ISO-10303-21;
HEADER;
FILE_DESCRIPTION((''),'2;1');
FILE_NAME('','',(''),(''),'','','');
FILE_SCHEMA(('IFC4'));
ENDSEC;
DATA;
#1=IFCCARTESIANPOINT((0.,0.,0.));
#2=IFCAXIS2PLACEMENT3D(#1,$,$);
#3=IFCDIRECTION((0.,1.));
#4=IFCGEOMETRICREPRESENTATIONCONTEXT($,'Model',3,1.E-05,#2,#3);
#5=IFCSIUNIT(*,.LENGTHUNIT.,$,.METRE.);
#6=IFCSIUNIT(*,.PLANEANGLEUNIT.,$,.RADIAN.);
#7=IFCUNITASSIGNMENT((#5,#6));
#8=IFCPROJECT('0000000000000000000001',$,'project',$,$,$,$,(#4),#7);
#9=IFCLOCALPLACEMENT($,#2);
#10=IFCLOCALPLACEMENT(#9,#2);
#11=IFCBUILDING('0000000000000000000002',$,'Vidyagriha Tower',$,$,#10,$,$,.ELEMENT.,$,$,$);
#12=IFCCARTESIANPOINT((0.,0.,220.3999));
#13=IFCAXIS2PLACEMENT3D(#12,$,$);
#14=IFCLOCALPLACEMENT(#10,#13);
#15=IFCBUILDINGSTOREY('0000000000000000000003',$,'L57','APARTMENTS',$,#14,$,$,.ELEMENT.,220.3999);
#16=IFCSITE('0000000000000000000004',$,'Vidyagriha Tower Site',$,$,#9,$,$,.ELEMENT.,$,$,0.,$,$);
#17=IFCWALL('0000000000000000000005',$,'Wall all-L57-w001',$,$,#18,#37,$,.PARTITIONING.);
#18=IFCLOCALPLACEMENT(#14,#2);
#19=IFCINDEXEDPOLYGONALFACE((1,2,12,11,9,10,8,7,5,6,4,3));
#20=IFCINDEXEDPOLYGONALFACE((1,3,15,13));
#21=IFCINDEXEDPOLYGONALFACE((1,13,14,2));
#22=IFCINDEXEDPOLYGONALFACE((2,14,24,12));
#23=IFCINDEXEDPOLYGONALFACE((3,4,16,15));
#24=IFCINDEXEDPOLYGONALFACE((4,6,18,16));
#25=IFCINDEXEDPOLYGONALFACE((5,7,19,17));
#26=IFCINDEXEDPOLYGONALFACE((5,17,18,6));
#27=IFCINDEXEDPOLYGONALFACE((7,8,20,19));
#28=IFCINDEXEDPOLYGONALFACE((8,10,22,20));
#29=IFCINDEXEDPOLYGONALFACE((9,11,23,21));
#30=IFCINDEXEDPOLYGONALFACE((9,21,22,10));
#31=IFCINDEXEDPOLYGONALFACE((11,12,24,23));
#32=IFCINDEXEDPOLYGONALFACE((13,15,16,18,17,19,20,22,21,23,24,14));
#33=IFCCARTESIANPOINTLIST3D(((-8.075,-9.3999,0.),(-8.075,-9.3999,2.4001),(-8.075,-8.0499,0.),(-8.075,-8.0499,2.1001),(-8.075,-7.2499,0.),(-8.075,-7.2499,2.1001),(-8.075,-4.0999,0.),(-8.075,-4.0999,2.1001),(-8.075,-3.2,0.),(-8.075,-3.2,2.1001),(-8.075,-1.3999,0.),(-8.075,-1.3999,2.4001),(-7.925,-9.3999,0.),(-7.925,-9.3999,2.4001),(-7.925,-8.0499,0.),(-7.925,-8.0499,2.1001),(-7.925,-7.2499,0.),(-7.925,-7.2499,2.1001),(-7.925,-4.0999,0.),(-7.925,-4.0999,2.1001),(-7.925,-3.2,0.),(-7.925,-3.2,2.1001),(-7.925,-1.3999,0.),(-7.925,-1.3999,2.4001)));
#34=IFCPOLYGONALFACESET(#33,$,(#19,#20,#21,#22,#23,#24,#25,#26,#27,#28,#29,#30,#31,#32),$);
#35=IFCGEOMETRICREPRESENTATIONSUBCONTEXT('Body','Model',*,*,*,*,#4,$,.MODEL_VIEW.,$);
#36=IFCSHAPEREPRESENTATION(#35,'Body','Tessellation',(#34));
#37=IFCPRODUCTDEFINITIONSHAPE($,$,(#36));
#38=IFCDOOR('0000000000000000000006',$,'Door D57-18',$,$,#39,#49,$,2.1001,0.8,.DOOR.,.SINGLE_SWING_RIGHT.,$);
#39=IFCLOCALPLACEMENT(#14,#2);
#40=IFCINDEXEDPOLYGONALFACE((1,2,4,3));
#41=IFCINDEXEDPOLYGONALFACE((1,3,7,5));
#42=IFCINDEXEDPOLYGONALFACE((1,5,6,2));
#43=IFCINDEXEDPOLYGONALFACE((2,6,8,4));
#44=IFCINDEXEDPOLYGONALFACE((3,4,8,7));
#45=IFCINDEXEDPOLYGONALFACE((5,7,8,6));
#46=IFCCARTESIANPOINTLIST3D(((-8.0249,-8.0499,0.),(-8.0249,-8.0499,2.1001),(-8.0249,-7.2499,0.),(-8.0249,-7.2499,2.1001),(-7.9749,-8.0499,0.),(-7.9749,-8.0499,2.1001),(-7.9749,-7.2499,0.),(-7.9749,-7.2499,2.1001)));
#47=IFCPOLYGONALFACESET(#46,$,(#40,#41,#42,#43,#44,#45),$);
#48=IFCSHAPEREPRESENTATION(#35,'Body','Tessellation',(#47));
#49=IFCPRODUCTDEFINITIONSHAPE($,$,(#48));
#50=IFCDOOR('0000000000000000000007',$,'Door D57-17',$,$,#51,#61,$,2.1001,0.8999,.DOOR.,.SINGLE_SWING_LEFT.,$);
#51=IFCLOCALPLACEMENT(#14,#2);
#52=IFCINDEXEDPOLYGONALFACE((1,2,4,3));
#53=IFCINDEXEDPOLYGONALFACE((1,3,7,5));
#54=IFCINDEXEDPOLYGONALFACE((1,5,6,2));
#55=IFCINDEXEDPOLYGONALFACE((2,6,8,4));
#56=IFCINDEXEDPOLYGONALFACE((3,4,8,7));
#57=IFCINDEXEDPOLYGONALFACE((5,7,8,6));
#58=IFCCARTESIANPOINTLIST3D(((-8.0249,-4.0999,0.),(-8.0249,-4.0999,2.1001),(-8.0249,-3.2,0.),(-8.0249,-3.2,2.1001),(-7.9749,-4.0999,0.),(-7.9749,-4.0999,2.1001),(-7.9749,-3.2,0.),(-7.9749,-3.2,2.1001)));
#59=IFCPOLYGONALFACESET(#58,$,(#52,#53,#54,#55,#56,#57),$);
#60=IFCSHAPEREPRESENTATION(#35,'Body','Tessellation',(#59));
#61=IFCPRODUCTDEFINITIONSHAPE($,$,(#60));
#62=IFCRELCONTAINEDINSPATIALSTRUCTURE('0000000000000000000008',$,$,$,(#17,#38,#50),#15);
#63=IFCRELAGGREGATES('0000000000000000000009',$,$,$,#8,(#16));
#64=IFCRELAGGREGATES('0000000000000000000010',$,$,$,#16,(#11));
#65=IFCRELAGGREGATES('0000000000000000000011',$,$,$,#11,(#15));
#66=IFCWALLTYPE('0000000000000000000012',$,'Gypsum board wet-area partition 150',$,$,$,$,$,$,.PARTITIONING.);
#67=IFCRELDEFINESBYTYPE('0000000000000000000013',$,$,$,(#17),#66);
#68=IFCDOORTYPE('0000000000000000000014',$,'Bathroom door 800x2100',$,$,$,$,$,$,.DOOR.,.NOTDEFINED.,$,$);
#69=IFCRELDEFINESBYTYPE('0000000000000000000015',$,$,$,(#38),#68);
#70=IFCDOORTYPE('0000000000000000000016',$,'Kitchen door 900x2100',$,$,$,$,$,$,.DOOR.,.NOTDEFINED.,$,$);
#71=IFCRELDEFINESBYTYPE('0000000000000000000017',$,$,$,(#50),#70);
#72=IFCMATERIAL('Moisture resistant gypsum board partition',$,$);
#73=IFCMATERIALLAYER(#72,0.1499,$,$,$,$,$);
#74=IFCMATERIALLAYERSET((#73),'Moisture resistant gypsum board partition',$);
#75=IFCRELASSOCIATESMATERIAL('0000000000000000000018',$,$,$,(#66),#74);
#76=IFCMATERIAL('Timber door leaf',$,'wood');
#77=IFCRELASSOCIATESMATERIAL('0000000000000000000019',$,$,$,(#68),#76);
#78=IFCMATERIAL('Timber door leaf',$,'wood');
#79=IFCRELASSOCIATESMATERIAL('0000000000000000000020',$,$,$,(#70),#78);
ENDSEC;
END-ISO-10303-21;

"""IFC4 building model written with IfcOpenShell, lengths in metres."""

from ifc_helpers import new_model, si_unit, direction, frame, frame_2d, origin, place, context, subcontext, project, spatial, rectangle, extrude, material, layer, layer_set, type_object, element, fill, save


model = new_model("IFC4")

# Units and contexts
model_context = context("Model", 3, precision=1e-05, world=origin(), true_north=direction((0.0, 1.0)))
body_context = subcontext(model_context, "Body", "Model", "MODEL_VIEW")
ifc_project = project(units=[si_unit("LENGTHUNIT", "METRE"), si_unit("PLANEANGLEUNIT", "RADIAN")], contexts=[model_context])

# Site, building, storey
site_placement = place(None, origin())
site = spatial("IfcSite", under=ifc_project, at=site_placement, Name="Vidyagriha Tower Site", CompositionType="ELEMENT", RefElevation=0.0)
building_placement = place(site_placement, origin())
building = spatial("IfcBuilding", under=site, at=building_placement, Name="Vidyagriha Tower", CompositionType="ELEMENT")
storey_placement = place(building_placement, frame((0.0, 0.0, 220.3999)))
storey = spatial("IfcBuildingStorey", under=building, at=storey_placement, Name="L57", Description="APARTMENTS", CompositionType="ELEMENT", Elevation=220.3999)

# Wall, openings, doors
ifc_material_1 = material(Name="Moisture resistant gypsum board partition")
ifc_layer_1 = layer(ifc_material_1, 0.1499)
ifc_layer_set_1 = layer_set([ifc_layer_1], Name="Moisture resistant gypsum board partition")
wall_type_1 = type_object("IfcWallType", Name="Gypsum board wet-area partition 150", PredefinedType="PARTITIONING", material=ifc_layer_set_1)
wall_1_placement = place(storey_placement, frame((-8.0, -9.3999, 0.0), z_axis=(0.0, 0.0, 1.0), x_axis=(0.0, 1.0, 0.0)))
wall_1 = element("IfcWall", 1, at=wall_1_placement, inside=storey, type_object=wall_type_1, Name="Wall all-L57-w001", PredefinedType="PARTITIONING", context=body_context, shape_type="SweptSolid", body=[
    extrude(rectangle(XDim=8.0, YDim=0.1499, at=frame_2d((4.0, 0.0))), origin(), (0.0, 0.0, 1.0), 2.4001),
])
opening_1_placement = place(wall_1_placement, frame((5.3, 0.0, 0.0)))
opening_1 = element("IfcOpeningElement", 2, at=opening_1_placement, cuts=wall_1, PredefinedType="OPENING", context=body_context, shape_type="SweptSolid", body=[
    extrude(rectangle(XDim=0.8999, YDim=2.1001, at=frame_2d((0.45, 1.05))), frame((0.0, 0.085, 0.0), z_axis=(0.0, -1.0, 0.0), x_axis=(1.0, 0.0, 0.0)), (0.0, 0.0, 1.0), 0.1699),
])
opening_2_placement = place(wall_1_placement, frame((1.3501, 0.0, 0.0)))
opening_2 = element("IfcOpeningElement", 3, at=opening_2_placement, cuts=wall_1, PredefinedType="OPENING", context=body_context, shape_type="SweptSolid", body=[
    extrude(rectangle(XDim=0.8, YDim=2.1001, at=frame_2d((0.3999, 1.05))), frame((0.0, 0.085, 0.0), z_axis=(0.0, -1.0, 0.0), x_axis=(1.0, 0.0, 0.0)), (0.0, 0.0, 1.0), 0.1699),
])
ifc_material_2 = material(Name="Timber door leaf", Category="wood")
door_type_1 = type_object("IfcDoorType", Name="Bathroom door 800x2100", OperationType="NOTDEFINED", PredefinedType="DOOR", material=ifc_material_2)
door_1_placement = place(opening_2_placement, origin())
door_1 = element("IfcDoor", 4, at=door_1_placement, inside=storey, type_object=door_type_1, Name="Door D57-18", OperationType="SINGLE_SWING_RIGHT", OverallHeight=2.1001, OverallWidth=0.8, PredefinedType="DOOR", context=body_context, shape_type="SweptSolid", body=[
    extrude(rectangle(XDim=0.8, YDim=2.1001, at=frame_2d((0.3999, 1.05))), frame((0.0, 0.0249, 0.0), z_axis=(0.0, -1.0, 0.0), x_axis=(1.0, 0.0, 0.0)), (0.0, 0.0, 1.0), 0.05),
])
fill(opening_2, door_1)
ifc_material_3 = material(Name="Timber door leaf", Category="wood")
door_type_2 = type_object("IfcDoorType", Name="Kitchen door 900x2100", OperationType="NOTDEFINED", PredefinedType="DOOR", material=ifc_material_3)
door_2_placement = place(opening_1_placement, origin())
door_2 = element("IfcDoor", 5, at=door_2_placement, inside=storey, type_object=door_type_2, Name="Door D57-17", OperationType="SINGLE_SWING_LEFT", OverallHeight=2.1001, OverallWidth=0.8999, PredefinedType="DOOR", context=body_context, shape_type="SweptSolid", body=[
    extrude(rectangle(XDim=0.8999, YDim=2.1001, at=frame_2d((0.45, 1.05))), frame((0.0, 0.0249, 0.0), z_axis=(0.0, -1.0, 0.0), x_axis=(1.0, 0.0, 0.0)), (0.0, 0.0, 1.0), 0.05),
])
fill(opening_1, door_2)

save(model, "model.ifc")
